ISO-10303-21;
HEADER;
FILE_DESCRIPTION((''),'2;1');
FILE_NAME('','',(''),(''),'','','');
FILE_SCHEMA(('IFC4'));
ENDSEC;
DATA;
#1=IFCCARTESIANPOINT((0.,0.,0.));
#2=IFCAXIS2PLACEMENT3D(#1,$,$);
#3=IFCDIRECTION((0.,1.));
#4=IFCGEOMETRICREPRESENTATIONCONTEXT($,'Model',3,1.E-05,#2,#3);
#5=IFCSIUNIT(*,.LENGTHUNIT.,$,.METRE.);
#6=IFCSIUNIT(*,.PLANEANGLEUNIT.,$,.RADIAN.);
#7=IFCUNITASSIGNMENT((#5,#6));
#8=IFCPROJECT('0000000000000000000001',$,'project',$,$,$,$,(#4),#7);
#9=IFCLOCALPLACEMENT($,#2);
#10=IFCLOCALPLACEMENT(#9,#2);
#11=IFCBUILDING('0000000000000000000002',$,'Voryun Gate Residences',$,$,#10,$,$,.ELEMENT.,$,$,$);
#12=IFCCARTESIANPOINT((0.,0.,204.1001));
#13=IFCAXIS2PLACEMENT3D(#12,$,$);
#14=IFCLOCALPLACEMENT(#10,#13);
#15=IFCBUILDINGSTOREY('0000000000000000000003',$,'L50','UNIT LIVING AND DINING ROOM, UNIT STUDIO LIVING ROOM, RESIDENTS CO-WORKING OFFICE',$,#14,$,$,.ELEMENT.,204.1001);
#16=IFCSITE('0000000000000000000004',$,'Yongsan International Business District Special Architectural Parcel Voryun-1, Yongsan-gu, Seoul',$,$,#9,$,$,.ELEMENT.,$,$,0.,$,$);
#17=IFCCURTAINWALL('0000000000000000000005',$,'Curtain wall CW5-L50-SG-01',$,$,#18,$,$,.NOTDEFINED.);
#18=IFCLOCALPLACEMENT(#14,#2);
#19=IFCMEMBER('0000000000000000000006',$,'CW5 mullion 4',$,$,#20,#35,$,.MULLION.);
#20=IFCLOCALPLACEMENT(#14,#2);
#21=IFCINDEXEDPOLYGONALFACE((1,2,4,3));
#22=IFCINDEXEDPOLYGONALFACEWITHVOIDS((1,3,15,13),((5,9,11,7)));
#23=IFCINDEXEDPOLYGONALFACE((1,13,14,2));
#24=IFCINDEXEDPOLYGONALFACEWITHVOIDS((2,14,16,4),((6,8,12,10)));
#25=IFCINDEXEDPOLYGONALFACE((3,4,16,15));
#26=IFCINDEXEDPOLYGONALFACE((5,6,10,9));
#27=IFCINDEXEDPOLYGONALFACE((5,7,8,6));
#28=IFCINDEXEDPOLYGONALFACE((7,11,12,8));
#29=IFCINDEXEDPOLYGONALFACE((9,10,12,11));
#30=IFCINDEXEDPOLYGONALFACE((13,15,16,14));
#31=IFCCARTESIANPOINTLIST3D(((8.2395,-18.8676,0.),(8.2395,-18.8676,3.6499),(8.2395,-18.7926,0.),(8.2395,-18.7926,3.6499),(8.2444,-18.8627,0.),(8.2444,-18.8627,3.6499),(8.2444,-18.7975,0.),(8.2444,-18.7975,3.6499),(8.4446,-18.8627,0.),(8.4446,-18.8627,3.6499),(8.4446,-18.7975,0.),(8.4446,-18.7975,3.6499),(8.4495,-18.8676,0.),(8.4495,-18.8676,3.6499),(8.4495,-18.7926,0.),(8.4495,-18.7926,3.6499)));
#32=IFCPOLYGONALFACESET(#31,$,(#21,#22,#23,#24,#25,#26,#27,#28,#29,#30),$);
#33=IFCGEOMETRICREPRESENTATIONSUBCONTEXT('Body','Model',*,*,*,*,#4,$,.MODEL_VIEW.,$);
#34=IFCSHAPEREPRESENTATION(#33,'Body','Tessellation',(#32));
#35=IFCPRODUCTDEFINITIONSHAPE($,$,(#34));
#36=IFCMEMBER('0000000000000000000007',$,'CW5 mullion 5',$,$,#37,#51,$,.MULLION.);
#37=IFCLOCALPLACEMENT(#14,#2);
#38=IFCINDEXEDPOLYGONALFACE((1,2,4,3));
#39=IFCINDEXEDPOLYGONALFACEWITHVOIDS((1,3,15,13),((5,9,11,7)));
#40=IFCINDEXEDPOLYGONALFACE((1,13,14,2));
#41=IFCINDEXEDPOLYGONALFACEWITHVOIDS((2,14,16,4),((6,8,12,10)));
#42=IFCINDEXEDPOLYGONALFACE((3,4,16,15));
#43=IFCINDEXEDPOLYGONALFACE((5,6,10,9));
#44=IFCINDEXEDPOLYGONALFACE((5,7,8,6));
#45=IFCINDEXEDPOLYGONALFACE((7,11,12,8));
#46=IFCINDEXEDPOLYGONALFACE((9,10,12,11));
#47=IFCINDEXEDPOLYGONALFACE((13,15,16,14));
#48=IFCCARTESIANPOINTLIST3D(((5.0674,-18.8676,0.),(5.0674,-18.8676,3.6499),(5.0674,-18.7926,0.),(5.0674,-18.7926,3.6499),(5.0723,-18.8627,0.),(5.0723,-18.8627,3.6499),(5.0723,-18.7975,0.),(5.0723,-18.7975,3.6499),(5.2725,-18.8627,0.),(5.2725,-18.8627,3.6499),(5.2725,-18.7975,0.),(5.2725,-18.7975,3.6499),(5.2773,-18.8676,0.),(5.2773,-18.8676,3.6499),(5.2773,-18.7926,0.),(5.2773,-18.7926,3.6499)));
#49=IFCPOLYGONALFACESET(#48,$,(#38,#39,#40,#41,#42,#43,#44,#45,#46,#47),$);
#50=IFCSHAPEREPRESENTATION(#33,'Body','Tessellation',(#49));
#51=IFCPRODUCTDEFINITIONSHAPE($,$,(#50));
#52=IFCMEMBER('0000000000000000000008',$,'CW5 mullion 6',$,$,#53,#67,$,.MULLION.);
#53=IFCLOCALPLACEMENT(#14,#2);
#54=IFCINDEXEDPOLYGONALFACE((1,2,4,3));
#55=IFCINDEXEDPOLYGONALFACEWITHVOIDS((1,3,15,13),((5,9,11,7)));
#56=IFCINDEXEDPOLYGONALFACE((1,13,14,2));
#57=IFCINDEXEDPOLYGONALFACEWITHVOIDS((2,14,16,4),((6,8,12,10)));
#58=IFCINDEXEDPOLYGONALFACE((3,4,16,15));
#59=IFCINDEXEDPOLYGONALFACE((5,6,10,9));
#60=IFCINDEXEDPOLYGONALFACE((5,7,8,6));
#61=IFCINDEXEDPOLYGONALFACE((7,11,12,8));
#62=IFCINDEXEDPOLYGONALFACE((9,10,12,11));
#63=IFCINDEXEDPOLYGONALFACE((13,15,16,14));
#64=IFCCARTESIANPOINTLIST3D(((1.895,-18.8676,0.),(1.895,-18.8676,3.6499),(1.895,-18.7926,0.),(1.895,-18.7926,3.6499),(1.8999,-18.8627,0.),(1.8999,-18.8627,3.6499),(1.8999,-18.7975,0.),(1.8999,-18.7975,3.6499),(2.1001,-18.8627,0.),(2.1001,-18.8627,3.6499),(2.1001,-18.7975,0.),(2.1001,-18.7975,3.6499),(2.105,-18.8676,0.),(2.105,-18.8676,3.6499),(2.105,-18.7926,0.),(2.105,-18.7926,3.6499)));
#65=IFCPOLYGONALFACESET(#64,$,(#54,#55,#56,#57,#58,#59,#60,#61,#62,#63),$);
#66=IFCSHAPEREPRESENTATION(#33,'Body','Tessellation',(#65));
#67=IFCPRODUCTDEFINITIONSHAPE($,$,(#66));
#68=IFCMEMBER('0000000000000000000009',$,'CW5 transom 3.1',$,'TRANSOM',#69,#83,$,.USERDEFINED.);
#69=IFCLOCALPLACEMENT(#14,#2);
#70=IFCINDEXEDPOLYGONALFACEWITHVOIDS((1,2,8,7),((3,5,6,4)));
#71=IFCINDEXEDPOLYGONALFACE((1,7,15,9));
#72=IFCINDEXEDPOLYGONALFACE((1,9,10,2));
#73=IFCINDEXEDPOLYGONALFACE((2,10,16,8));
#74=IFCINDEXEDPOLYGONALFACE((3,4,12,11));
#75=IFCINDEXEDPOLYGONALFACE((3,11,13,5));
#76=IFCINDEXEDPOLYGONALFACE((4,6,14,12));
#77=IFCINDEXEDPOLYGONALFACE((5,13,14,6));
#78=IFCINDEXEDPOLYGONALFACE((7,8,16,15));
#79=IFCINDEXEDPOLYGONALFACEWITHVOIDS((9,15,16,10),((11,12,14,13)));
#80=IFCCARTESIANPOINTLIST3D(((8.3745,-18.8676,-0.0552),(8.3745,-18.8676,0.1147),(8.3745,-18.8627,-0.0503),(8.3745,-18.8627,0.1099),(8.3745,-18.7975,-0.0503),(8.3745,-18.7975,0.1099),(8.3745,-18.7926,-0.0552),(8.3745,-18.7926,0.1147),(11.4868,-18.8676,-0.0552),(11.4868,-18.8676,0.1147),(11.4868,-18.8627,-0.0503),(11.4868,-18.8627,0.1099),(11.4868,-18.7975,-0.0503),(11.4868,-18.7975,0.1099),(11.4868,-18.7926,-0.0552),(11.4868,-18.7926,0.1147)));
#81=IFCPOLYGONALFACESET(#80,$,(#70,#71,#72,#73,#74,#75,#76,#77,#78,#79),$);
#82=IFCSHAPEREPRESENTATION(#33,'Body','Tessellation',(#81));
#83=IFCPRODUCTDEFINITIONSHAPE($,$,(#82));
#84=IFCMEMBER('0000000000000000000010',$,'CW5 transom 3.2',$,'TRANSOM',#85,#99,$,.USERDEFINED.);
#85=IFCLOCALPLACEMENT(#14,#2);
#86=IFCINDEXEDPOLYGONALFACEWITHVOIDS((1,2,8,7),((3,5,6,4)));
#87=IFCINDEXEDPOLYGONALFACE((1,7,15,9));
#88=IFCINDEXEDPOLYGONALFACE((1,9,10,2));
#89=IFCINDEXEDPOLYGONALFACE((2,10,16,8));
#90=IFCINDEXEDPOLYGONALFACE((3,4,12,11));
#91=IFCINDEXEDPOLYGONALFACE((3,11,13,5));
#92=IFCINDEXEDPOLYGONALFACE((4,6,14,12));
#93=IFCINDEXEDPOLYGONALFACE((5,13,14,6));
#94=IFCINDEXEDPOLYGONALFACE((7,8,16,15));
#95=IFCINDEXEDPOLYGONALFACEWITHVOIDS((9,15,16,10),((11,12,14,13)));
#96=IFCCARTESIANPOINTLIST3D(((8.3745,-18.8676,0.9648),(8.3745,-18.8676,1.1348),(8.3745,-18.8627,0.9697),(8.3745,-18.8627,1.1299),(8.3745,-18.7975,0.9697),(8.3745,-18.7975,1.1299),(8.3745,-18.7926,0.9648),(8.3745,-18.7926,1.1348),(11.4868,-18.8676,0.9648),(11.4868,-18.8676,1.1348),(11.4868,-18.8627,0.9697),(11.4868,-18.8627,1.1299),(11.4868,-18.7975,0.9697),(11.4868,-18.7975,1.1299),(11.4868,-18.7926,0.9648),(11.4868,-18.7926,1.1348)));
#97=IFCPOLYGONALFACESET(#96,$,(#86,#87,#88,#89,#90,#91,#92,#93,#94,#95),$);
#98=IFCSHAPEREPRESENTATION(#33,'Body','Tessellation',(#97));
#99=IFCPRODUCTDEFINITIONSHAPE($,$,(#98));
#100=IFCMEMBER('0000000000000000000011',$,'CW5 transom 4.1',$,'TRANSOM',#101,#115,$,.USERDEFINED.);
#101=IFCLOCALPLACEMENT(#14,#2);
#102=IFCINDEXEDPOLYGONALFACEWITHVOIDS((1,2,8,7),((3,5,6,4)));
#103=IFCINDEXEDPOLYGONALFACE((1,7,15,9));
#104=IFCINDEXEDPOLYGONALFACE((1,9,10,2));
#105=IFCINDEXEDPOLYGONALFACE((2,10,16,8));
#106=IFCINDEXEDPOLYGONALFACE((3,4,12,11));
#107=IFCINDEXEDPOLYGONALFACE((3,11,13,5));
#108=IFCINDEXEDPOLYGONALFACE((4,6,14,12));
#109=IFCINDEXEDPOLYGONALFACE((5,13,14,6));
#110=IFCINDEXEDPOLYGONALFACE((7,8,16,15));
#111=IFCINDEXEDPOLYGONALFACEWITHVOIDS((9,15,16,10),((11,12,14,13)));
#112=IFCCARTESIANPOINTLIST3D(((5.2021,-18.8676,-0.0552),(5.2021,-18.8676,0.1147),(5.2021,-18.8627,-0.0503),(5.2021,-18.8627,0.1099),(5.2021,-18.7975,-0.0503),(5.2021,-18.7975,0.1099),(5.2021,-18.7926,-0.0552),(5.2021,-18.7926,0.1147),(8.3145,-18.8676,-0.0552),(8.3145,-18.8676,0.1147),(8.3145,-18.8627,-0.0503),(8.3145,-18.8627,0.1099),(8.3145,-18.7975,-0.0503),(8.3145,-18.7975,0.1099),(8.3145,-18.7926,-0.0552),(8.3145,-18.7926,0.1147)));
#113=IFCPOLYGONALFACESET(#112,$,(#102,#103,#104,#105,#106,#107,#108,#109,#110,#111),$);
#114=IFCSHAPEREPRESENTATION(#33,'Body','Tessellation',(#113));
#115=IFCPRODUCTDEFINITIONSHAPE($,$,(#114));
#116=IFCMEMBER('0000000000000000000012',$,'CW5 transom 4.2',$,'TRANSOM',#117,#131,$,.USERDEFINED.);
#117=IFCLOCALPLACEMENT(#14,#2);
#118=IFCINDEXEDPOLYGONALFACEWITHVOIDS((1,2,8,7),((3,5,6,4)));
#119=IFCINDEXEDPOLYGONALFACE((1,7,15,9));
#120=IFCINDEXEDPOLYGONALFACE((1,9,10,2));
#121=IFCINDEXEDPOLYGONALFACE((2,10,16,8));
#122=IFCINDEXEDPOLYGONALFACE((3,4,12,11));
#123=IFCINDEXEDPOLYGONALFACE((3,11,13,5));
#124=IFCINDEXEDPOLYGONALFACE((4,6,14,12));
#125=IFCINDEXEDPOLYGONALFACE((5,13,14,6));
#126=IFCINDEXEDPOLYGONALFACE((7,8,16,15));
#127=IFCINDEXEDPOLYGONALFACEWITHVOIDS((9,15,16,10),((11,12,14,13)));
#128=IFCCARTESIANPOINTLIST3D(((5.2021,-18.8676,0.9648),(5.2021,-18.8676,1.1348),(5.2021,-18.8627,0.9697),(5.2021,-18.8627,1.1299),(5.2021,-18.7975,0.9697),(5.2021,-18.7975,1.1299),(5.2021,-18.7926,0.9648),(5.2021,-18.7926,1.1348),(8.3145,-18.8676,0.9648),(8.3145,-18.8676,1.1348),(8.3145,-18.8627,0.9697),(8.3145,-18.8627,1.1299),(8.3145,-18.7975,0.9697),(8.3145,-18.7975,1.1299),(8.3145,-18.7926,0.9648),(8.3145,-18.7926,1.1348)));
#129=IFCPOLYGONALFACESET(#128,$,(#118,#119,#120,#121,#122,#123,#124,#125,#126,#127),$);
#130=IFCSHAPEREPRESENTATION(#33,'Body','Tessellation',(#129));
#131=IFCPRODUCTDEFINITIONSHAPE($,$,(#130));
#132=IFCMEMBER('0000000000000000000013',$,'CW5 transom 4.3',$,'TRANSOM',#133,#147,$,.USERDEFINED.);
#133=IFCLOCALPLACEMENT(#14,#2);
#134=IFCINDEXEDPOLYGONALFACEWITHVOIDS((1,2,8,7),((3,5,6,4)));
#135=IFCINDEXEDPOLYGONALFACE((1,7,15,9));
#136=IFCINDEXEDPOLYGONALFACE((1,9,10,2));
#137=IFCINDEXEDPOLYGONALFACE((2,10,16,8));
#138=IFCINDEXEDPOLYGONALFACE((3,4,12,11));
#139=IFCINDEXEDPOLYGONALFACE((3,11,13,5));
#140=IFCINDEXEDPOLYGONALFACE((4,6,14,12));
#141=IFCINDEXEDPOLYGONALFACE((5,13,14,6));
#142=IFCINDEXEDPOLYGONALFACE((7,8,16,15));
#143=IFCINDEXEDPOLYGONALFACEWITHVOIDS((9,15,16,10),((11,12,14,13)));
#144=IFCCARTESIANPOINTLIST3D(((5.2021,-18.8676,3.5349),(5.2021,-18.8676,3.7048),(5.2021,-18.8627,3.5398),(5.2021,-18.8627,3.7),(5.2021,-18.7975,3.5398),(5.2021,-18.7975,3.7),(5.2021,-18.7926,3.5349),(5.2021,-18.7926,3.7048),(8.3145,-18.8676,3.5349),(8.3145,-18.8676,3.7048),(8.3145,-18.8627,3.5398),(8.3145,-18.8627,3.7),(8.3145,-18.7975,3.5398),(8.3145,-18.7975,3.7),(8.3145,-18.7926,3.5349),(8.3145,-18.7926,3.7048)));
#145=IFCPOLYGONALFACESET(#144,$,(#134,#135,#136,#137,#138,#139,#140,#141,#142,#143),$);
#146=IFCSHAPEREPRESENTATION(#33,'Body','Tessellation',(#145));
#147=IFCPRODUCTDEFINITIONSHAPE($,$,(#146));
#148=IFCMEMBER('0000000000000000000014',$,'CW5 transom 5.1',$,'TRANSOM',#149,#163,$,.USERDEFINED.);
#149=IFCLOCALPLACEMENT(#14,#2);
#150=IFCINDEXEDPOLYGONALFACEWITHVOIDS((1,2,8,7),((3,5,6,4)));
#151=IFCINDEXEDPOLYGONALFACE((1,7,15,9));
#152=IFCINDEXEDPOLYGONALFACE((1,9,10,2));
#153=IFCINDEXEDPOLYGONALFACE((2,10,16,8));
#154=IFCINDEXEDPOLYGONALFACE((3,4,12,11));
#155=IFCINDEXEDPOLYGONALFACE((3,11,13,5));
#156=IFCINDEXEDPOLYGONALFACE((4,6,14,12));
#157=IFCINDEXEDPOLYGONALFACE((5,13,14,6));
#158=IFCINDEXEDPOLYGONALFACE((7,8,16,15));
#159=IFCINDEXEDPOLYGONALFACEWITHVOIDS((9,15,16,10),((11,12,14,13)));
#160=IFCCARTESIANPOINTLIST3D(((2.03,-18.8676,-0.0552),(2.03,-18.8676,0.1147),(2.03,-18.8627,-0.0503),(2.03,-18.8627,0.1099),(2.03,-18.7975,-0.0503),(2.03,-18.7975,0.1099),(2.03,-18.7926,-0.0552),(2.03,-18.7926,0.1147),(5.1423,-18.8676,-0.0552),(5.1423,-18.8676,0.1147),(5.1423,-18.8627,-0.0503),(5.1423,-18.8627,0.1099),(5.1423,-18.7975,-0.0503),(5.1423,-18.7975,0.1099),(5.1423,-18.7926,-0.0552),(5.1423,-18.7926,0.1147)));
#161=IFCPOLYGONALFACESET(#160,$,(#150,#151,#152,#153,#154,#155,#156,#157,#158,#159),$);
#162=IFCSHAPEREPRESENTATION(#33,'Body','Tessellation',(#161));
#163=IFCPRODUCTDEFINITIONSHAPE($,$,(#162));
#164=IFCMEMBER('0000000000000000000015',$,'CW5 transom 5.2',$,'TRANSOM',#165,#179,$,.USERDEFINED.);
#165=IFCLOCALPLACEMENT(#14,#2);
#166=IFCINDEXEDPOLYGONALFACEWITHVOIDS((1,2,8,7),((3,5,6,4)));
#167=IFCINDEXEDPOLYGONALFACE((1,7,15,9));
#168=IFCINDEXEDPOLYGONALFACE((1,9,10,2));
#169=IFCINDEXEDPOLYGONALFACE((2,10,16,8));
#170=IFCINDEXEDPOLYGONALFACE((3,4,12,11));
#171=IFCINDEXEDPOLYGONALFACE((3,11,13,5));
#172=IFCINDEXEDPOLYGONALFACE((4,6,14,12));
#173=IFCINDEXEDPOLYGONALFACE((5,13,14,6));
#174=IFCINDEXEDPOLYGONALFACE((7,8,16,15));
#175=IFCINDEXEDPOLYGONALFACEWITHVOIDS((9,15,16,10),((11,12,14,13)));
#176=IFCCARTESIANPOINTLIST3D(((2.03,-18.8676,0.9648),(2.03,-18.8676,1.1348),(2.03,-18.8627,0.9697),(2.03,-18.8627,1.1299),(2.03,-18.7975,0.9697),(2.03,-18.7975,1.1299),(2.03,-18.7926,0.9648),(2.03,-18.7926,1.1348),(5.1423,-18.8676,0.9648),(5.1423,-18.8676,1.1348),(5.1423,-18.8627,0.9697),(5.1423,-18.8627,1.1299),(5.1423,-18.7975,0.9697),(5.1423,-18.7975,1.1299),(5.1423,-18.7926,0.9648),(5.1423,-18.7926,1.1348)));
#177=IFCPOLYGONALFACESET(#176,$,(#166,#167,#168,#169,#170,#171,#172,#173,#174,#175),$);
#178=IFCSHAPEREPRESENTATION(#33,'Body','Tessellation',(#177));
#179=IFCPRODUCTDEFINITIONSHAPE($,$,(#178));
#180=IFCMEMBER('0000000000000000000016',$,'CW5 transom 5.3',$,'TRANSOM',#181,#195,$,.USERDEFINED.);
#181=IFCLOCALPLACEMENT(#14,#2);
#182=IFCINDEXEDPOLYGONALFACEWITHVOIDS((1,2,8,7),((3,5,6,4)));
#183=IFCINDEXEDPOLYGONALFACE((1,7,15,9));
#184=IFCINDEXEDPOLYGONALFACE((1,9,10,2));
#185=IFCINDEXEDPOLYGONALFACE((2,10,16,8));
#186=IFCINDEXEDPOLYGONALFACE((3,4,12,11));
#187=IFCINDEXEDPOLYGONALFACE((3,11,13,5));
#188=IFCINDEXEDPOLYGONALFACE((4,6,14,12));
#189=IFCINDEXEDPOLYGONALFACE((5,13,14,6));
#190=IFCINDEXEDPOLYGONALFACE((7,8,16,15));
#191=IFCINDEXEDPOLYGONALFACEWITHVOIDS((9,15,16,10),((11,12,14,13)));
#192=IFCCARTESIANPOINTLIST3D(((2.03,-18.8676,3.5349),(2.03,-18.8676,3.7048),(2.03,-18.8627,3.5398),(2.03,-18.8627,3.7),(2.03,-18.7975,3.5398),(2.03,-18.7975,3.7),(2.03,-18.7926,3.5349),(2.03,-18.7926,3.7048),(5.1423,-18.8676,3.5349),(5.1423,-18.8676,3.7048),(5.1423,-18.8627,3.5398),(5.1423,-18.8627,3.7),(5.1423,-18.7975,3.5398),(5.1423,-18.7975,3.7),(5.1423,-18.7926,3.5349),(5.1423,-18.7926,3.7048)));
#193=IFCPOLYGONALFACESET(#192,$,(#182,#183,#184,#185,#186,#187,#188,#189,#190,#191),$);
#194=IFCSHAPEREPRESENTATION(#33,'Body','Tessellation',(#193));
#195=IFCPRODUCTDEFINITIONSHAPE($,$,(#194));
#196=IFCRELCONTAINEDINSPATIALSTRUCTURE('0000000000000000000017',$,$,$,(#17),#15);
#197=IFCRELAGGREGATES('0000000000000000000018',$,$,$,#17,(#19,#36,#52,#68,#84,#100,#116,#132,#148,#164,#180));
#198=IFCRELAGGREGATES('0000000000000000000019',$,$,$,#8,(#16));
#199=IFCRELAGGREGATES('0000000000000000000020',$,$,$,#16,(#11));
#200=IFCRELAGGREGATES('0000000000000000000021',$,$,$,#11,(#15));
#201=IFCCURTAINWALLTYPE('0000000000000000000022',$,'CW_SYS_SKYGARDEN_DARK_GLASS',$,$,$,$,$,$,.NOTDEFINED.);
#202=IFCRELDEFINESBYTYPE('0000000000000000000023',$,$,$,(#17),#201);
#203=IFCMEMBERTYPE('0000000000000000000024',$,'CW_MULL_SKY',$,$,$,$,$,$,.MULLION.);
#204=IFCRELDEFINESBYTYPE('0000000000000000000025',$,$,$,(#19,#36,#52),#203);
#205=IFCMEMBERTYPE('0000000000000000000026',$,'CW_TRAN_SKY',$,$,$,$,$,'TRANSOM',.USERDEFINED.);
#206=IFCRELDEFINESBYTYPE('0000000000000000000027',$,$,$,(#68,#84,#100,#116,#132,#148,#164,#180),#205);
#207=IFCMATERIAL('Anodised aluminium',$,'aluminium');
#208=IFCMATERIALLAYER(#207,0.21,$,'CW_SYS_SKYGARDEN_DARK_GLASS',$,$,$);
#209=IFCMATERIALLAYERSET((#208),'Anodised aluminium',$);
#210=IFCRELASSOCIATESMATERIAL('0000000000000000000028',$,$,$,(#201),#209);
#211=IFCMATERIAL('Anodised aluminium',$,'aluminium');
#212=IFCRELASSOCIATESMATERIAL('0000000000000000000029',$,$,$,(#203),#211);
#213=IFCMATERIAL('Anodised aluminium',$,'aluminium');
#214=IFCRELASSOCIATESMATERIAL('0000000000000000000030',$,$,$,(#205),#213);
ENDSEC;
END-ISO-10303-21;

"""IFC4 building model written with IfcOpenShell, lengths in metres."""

from ifc_helpers import new_model, si_unit, direction, frame, origin, origin_2d, place, context, subcontext, project, spatial, hollow_rectangle, extrude, material, layer, layer_set, material_profile, profile_set, type_object, element, aggregate, save


model = new_model("IFC4")

# Units and contexts
model_context = context("Model", 3, precision=1e-05, world=origin(), true_north=direction((0.0, 1.0)))
body_context = subcontext(model_context, "Body", "Model", "MODEL_VIEW")
ifc_project = project(units=[si_unit("LENGTHUNIT", "METRE"), si_unit("PLANEANGLEUNIT", "RADIAN")], contexts=[model_context])

# Site, building, storey
site_placement = place(None, origin())
site = spatial("IfcSite", under=ifc_project, at=site_placement, Name="Yongsan International Business District Special Architectural Parcel Voryun-1, Yongsan-gu, Seoul", CompositionType="ELEMENT", RefElevation=0.0)
building_placement = place(site_placement, origin())
building = spatial("IfcBuilding", under=site, at=building_placement, Name="Voryun Gate Residences", CompositionType="ELEMENT")
storey_placement = place(building_placement, frame((0.0, 0.0, 204.1001)))
storey = spatial("IfcBuildingStorey", under=building, at=storey_placement, Name="L50", Description="UNIT LIVING AND DINING ROOM, UNIT STUDIO LIVING ROOM, RESIDENTS CO-WORKING OFFICE", CompositionType="ELEMENT", Elevation=204.1001)

# Curtain wall, members
ifc_material_1 = material(Name="Anodised aluminium", Category="aluminium")
ifc_layer_1 = layer(ifc_material_1, 0.21, Name="CW_SYS_SKYGARDEN_DARK_GLASS")
ifc_layer_set_1 = layer_set([ifc_layer_1], Name="Anodised aluminium")
curtain_wall_type = type_object("IfcCurtainWallType", Name="CW_SYS_SKYGARDEN_DARK_GLASS", PredefinedType="NOTDEFINED", material=ifc_layer_set_1)
curtain_wall_placement = place(storey_placement, origin())
curtain_wall = element("IfcCurtainWall", 1, at=curtain_wall_placement, inside=storey, type_object=curtain_wall_type, Name="Curtain wall CW5-L50-SG-01", PredefinedType="NOTDEFINED")
ifc_material_2 = material(Name="Anodised aluminium", Category="aluminium")
ifc_material_profile_1 = material_profile(ifc_material_2, hollow_rectangle(XDim=0.075, YDim=0.21, WallThickness=0.0049, at=origin_2d()), Name="ALU-MULL-210x75x5")
ifc_profile_set_1 = profile_set([ifc_material_profile_1], Name="Anodised aluminium")
member_type_1 = type_object("IfcMemberType", Name="CW_MULL_SKY", PredefinedType="MULLION", material=ifc_profile_set_1)
member_1_placement = place(storey_placement, frame((8.3445, -18.8301, 0.0), z_axis=(0.0, 0.0, 1.0), x_axis=(0.0, -1.0, 0.0)))
member_1 = element("IfcMember", 2, at=member_1_placement, type_object=member_type_1, Name="CW5 mullion 4", PredefinedType="MULLION", context=body_context, shape_type="SweptSolid", body=[
    extrude(hollow_rectangle(XDim=0.075, YDim=0.21, WallThickness=0.0049, at=origin_2d()), origin(), (0.0, 0.0, 1.0), 3.6499),
])
member_2_placement = place(storey_placement, frame((5.1724, -18.8301, 0.0), z_axis=(0.0, 0.0, 1.0), x_axis=(0.0, -1.0, 0.0)))
member_2 = element("IfcMember", 3, at=member_2_placement, type_object=member_type_1, Name="CW5 mullion 5", PredefinedType="MULLION", context=body_context, shape_type="SweptSolid", body=[
    extrude(hollow_rectangle(XDim=0.075, YDim=0.21, WallThickness=0.0049, at=origin_2d()), origin(), (0.0, 0.0, 1.0), 3.6499),
])
member_3_placement = place(storey_placement, frame((2.0, -18.8301, 0.0), z_axis=(0.0, 0.0, 1.0), x_axis=(0.0, -1.0, 0.0)))
member_3 = element("IfcMember", 4, at=member_3_placement, type_object=member_type_1, Name="CW5 mullion 6", PredefinedType="MULLION", context=body_context, shape_type="SweptSolid", body=[
    extrude(hollow_rectangle(XDim=0.075, YDim=0.21, WallThickness=0.0049, at=origin_2d()), origin(), (0.0, 0.0, 1.0), 3.6499),
])
ifc_material_3 = material(Name="Anodised aluminium", Category="aluminium")
ifc_material_profile_2 = material_profile(ifc_material_3, hollow_rectangle(XDim=0.075, YDim=0.1699, WallThickness=0.0049, at=origin_2d()), Name="ALU-TRAN-170x75x5")
ifc_profile_set_2 = profile_set([ifc_material_profile_2], Name="Anodised aluminium")
member_type_2 = type_object("IfcMemberType", Name="CW_TRAN_SKY", ElementType="TRANSOM", PredefinedType="USERDEFINED", material=ifc_profile_set_2)
member_4_placement = place(storey_placement, frame((11.4868, -18.8301, 0.0298), z_axis=(-1.0, 0.0, 0.0), x_axis=(0.0, -1.0, 0.0)))
member_4 = element("IfcMember", 5, at=member_4_placement, type_object=member_type_2, Name="CW5 transom 3.1", ObjectType="TRANSOM", PredefinedType="USERDEFINED", context=body_context, shape_type="SweptSolid", body=[
    extrude(hollow_rectangle(XDim=0.075, YDim=0.1699, WallThickness=0.0049, at=origin_2d()), origin(), (0.0, 0.0, 1.0), 3.1123),
])
member_5_placement = place(storey_placement, frame((11.4868, -18.8301, 1.0498), z_axis=(-1.0, 0.0, 0.0), x_axis=(0.0, -1.0, 0.0)))
member_5 = element("IfcMember", 6, at=member_5_placement, type_object=member_type_2, Name="CW5 transom 3.2", ObjectType="TRANSOM", PredefinedType="USERDEFINED", context=body_context, shape_type="SweptSolid", body=[
    extrude(hollow_rectangle(XDim=0.075, YDim=0.1699, WallThickness=0.0049, at=origin_2d()), origin(), (0.0, 0.0, 1.0), 3.1123),
])
member_6_placement = place(storey_placement, frame((8.3145, -18.8301, 0.0298), z_axis=(-1.0, 0.0, 0.0), x_axis=(0.0, -1.0, 0.0)))
member_6 = element("IfcMember", 7, at=member_6_placement, type_object=member_type_2, Name="CW5 transom 4.1", ObjectType="TRANSOM", PredefinedType="USERDEFINED", context=body_context, shape_type="SweptSolid", body=[
    extrude(hollow_rectangle(XDim=0.075, YDim=0.1699, WallThickness=0.0049, at=origin_2d()), origin(), (0.0, 0.0, 1.0), 3.1123),
])
member_7_placement = place(storey_placement, frame((8.3145, -18.8301, 1.0498), z_axis=(-1.0, 0.0, 0.0), x_axis=(0.0, -1.0, 0.0)))
member_7 = element("IfcMember", 8, at=member_7_placement, type_object=member_type_2, Name="CW5 transom 4.2", ObjectType="TRANSOM", PredefinedType="USERDEFINED", context=body_context, shape_type="SweptSolid", body=[
    extrude(hollow_rectangle(XDim=0.075, YDim=0.1699, WallThickness=0.0049, at=origin_2d()), origin(), (0.0, 0.0, 1.0), 3.1123),
])
member_8_placement = place(storey_placement, frame((8.3145, -18.8301, 3.6199), z_axis=(-1.0, 0.0, 0.0), x_axis=(0.0, -1.0, 0.0)))
member_8 = element("IfcMember", 9, at=member_8_placement, type_object=member_type_2, Name="CW5 transom 4.3", ObjectType="TRANSOM", PredefinedType="USERDEFINED", context=body_context, shape_type="SweptSolid", body=[
    extrude(hollow_rectangle(XDim=0.075, YDim=0.1699, WallThickness=0.0049, at=origin_2d()), origin(), (0.0, 0.0, 1.0), 3.1123),
])
member_9_placement = place(storey_placement, frame((5.1423, -18.8301, 0.0298), z_axis=(-1.0, 0.0, 0.0), x_axis=(0.0, -1.0, 0.0)))
member_9 = element("IfcMember", 10, at=member_9_placement, type_object=member_type_2, Name="CW5 transom 5.1", ObjectType="TRANSOM", PredefinedType="USERDEFINED", context=body_context, shape_type="SweptSolid", body=[
    extrude(hollow_rectangle(XDim=0.075, YDim=0.1699, WallThickness=0.0049, at=origin_2d()), origin(), (0.0, 0.0, 1.0), 3.1123),
])
member_10_placement = place(storey_placement, frame((5.1423, -18.8301, 1.0498), z_axis=(-1.0, 0.0, 0.0), x_axis=(0.0, -1.0, 0.0)))
member_10 = element("IfcMember", 11, at=member_10_placement, type_object=member_type_2, Name="CW5 transom 5.2", ObjectType="TRANSOM", PredefinedType="USERDEFINED", context=body_context, shape_type="SweptSolid", body=[
    extrude(hollow_rectangle(XDim=0.075, YDim=0.1699, WallThickness=0.0049, at=origin_2d()), origin(), (0.0, 0.0, 1.0), 3.1123),
])
member_11_placement = place(storey_placement, frame((5.1423, -18.8301, 3.6199), z_axis=(-1.0, 0.0, 0.0), x_axis=(0.0, -1.0, 0.0)))
member_11 = element("IfcMember", 12, at=member_11_placement, type_object=member_type_2, Name="CW5 transom 5.3", ObjectType="TRANSOM", PredefinedType="USERDEFINED", context=body_context, shape_type="SweptSolid", body=[
    extrude(hollow_rectangle(XDim=0.075, YDim=0.1699, WallThickness=0.0049, at=origin_2d()), origin(), (0.0, 0.0, 1.0), 3.1123),
])
aggregate(curtain_wall, [member_1, member_2, member_3, member_4, member_5, member_6, member_7, member_8, member_9, member_10, member_11])

save(model, "model.ifc")
